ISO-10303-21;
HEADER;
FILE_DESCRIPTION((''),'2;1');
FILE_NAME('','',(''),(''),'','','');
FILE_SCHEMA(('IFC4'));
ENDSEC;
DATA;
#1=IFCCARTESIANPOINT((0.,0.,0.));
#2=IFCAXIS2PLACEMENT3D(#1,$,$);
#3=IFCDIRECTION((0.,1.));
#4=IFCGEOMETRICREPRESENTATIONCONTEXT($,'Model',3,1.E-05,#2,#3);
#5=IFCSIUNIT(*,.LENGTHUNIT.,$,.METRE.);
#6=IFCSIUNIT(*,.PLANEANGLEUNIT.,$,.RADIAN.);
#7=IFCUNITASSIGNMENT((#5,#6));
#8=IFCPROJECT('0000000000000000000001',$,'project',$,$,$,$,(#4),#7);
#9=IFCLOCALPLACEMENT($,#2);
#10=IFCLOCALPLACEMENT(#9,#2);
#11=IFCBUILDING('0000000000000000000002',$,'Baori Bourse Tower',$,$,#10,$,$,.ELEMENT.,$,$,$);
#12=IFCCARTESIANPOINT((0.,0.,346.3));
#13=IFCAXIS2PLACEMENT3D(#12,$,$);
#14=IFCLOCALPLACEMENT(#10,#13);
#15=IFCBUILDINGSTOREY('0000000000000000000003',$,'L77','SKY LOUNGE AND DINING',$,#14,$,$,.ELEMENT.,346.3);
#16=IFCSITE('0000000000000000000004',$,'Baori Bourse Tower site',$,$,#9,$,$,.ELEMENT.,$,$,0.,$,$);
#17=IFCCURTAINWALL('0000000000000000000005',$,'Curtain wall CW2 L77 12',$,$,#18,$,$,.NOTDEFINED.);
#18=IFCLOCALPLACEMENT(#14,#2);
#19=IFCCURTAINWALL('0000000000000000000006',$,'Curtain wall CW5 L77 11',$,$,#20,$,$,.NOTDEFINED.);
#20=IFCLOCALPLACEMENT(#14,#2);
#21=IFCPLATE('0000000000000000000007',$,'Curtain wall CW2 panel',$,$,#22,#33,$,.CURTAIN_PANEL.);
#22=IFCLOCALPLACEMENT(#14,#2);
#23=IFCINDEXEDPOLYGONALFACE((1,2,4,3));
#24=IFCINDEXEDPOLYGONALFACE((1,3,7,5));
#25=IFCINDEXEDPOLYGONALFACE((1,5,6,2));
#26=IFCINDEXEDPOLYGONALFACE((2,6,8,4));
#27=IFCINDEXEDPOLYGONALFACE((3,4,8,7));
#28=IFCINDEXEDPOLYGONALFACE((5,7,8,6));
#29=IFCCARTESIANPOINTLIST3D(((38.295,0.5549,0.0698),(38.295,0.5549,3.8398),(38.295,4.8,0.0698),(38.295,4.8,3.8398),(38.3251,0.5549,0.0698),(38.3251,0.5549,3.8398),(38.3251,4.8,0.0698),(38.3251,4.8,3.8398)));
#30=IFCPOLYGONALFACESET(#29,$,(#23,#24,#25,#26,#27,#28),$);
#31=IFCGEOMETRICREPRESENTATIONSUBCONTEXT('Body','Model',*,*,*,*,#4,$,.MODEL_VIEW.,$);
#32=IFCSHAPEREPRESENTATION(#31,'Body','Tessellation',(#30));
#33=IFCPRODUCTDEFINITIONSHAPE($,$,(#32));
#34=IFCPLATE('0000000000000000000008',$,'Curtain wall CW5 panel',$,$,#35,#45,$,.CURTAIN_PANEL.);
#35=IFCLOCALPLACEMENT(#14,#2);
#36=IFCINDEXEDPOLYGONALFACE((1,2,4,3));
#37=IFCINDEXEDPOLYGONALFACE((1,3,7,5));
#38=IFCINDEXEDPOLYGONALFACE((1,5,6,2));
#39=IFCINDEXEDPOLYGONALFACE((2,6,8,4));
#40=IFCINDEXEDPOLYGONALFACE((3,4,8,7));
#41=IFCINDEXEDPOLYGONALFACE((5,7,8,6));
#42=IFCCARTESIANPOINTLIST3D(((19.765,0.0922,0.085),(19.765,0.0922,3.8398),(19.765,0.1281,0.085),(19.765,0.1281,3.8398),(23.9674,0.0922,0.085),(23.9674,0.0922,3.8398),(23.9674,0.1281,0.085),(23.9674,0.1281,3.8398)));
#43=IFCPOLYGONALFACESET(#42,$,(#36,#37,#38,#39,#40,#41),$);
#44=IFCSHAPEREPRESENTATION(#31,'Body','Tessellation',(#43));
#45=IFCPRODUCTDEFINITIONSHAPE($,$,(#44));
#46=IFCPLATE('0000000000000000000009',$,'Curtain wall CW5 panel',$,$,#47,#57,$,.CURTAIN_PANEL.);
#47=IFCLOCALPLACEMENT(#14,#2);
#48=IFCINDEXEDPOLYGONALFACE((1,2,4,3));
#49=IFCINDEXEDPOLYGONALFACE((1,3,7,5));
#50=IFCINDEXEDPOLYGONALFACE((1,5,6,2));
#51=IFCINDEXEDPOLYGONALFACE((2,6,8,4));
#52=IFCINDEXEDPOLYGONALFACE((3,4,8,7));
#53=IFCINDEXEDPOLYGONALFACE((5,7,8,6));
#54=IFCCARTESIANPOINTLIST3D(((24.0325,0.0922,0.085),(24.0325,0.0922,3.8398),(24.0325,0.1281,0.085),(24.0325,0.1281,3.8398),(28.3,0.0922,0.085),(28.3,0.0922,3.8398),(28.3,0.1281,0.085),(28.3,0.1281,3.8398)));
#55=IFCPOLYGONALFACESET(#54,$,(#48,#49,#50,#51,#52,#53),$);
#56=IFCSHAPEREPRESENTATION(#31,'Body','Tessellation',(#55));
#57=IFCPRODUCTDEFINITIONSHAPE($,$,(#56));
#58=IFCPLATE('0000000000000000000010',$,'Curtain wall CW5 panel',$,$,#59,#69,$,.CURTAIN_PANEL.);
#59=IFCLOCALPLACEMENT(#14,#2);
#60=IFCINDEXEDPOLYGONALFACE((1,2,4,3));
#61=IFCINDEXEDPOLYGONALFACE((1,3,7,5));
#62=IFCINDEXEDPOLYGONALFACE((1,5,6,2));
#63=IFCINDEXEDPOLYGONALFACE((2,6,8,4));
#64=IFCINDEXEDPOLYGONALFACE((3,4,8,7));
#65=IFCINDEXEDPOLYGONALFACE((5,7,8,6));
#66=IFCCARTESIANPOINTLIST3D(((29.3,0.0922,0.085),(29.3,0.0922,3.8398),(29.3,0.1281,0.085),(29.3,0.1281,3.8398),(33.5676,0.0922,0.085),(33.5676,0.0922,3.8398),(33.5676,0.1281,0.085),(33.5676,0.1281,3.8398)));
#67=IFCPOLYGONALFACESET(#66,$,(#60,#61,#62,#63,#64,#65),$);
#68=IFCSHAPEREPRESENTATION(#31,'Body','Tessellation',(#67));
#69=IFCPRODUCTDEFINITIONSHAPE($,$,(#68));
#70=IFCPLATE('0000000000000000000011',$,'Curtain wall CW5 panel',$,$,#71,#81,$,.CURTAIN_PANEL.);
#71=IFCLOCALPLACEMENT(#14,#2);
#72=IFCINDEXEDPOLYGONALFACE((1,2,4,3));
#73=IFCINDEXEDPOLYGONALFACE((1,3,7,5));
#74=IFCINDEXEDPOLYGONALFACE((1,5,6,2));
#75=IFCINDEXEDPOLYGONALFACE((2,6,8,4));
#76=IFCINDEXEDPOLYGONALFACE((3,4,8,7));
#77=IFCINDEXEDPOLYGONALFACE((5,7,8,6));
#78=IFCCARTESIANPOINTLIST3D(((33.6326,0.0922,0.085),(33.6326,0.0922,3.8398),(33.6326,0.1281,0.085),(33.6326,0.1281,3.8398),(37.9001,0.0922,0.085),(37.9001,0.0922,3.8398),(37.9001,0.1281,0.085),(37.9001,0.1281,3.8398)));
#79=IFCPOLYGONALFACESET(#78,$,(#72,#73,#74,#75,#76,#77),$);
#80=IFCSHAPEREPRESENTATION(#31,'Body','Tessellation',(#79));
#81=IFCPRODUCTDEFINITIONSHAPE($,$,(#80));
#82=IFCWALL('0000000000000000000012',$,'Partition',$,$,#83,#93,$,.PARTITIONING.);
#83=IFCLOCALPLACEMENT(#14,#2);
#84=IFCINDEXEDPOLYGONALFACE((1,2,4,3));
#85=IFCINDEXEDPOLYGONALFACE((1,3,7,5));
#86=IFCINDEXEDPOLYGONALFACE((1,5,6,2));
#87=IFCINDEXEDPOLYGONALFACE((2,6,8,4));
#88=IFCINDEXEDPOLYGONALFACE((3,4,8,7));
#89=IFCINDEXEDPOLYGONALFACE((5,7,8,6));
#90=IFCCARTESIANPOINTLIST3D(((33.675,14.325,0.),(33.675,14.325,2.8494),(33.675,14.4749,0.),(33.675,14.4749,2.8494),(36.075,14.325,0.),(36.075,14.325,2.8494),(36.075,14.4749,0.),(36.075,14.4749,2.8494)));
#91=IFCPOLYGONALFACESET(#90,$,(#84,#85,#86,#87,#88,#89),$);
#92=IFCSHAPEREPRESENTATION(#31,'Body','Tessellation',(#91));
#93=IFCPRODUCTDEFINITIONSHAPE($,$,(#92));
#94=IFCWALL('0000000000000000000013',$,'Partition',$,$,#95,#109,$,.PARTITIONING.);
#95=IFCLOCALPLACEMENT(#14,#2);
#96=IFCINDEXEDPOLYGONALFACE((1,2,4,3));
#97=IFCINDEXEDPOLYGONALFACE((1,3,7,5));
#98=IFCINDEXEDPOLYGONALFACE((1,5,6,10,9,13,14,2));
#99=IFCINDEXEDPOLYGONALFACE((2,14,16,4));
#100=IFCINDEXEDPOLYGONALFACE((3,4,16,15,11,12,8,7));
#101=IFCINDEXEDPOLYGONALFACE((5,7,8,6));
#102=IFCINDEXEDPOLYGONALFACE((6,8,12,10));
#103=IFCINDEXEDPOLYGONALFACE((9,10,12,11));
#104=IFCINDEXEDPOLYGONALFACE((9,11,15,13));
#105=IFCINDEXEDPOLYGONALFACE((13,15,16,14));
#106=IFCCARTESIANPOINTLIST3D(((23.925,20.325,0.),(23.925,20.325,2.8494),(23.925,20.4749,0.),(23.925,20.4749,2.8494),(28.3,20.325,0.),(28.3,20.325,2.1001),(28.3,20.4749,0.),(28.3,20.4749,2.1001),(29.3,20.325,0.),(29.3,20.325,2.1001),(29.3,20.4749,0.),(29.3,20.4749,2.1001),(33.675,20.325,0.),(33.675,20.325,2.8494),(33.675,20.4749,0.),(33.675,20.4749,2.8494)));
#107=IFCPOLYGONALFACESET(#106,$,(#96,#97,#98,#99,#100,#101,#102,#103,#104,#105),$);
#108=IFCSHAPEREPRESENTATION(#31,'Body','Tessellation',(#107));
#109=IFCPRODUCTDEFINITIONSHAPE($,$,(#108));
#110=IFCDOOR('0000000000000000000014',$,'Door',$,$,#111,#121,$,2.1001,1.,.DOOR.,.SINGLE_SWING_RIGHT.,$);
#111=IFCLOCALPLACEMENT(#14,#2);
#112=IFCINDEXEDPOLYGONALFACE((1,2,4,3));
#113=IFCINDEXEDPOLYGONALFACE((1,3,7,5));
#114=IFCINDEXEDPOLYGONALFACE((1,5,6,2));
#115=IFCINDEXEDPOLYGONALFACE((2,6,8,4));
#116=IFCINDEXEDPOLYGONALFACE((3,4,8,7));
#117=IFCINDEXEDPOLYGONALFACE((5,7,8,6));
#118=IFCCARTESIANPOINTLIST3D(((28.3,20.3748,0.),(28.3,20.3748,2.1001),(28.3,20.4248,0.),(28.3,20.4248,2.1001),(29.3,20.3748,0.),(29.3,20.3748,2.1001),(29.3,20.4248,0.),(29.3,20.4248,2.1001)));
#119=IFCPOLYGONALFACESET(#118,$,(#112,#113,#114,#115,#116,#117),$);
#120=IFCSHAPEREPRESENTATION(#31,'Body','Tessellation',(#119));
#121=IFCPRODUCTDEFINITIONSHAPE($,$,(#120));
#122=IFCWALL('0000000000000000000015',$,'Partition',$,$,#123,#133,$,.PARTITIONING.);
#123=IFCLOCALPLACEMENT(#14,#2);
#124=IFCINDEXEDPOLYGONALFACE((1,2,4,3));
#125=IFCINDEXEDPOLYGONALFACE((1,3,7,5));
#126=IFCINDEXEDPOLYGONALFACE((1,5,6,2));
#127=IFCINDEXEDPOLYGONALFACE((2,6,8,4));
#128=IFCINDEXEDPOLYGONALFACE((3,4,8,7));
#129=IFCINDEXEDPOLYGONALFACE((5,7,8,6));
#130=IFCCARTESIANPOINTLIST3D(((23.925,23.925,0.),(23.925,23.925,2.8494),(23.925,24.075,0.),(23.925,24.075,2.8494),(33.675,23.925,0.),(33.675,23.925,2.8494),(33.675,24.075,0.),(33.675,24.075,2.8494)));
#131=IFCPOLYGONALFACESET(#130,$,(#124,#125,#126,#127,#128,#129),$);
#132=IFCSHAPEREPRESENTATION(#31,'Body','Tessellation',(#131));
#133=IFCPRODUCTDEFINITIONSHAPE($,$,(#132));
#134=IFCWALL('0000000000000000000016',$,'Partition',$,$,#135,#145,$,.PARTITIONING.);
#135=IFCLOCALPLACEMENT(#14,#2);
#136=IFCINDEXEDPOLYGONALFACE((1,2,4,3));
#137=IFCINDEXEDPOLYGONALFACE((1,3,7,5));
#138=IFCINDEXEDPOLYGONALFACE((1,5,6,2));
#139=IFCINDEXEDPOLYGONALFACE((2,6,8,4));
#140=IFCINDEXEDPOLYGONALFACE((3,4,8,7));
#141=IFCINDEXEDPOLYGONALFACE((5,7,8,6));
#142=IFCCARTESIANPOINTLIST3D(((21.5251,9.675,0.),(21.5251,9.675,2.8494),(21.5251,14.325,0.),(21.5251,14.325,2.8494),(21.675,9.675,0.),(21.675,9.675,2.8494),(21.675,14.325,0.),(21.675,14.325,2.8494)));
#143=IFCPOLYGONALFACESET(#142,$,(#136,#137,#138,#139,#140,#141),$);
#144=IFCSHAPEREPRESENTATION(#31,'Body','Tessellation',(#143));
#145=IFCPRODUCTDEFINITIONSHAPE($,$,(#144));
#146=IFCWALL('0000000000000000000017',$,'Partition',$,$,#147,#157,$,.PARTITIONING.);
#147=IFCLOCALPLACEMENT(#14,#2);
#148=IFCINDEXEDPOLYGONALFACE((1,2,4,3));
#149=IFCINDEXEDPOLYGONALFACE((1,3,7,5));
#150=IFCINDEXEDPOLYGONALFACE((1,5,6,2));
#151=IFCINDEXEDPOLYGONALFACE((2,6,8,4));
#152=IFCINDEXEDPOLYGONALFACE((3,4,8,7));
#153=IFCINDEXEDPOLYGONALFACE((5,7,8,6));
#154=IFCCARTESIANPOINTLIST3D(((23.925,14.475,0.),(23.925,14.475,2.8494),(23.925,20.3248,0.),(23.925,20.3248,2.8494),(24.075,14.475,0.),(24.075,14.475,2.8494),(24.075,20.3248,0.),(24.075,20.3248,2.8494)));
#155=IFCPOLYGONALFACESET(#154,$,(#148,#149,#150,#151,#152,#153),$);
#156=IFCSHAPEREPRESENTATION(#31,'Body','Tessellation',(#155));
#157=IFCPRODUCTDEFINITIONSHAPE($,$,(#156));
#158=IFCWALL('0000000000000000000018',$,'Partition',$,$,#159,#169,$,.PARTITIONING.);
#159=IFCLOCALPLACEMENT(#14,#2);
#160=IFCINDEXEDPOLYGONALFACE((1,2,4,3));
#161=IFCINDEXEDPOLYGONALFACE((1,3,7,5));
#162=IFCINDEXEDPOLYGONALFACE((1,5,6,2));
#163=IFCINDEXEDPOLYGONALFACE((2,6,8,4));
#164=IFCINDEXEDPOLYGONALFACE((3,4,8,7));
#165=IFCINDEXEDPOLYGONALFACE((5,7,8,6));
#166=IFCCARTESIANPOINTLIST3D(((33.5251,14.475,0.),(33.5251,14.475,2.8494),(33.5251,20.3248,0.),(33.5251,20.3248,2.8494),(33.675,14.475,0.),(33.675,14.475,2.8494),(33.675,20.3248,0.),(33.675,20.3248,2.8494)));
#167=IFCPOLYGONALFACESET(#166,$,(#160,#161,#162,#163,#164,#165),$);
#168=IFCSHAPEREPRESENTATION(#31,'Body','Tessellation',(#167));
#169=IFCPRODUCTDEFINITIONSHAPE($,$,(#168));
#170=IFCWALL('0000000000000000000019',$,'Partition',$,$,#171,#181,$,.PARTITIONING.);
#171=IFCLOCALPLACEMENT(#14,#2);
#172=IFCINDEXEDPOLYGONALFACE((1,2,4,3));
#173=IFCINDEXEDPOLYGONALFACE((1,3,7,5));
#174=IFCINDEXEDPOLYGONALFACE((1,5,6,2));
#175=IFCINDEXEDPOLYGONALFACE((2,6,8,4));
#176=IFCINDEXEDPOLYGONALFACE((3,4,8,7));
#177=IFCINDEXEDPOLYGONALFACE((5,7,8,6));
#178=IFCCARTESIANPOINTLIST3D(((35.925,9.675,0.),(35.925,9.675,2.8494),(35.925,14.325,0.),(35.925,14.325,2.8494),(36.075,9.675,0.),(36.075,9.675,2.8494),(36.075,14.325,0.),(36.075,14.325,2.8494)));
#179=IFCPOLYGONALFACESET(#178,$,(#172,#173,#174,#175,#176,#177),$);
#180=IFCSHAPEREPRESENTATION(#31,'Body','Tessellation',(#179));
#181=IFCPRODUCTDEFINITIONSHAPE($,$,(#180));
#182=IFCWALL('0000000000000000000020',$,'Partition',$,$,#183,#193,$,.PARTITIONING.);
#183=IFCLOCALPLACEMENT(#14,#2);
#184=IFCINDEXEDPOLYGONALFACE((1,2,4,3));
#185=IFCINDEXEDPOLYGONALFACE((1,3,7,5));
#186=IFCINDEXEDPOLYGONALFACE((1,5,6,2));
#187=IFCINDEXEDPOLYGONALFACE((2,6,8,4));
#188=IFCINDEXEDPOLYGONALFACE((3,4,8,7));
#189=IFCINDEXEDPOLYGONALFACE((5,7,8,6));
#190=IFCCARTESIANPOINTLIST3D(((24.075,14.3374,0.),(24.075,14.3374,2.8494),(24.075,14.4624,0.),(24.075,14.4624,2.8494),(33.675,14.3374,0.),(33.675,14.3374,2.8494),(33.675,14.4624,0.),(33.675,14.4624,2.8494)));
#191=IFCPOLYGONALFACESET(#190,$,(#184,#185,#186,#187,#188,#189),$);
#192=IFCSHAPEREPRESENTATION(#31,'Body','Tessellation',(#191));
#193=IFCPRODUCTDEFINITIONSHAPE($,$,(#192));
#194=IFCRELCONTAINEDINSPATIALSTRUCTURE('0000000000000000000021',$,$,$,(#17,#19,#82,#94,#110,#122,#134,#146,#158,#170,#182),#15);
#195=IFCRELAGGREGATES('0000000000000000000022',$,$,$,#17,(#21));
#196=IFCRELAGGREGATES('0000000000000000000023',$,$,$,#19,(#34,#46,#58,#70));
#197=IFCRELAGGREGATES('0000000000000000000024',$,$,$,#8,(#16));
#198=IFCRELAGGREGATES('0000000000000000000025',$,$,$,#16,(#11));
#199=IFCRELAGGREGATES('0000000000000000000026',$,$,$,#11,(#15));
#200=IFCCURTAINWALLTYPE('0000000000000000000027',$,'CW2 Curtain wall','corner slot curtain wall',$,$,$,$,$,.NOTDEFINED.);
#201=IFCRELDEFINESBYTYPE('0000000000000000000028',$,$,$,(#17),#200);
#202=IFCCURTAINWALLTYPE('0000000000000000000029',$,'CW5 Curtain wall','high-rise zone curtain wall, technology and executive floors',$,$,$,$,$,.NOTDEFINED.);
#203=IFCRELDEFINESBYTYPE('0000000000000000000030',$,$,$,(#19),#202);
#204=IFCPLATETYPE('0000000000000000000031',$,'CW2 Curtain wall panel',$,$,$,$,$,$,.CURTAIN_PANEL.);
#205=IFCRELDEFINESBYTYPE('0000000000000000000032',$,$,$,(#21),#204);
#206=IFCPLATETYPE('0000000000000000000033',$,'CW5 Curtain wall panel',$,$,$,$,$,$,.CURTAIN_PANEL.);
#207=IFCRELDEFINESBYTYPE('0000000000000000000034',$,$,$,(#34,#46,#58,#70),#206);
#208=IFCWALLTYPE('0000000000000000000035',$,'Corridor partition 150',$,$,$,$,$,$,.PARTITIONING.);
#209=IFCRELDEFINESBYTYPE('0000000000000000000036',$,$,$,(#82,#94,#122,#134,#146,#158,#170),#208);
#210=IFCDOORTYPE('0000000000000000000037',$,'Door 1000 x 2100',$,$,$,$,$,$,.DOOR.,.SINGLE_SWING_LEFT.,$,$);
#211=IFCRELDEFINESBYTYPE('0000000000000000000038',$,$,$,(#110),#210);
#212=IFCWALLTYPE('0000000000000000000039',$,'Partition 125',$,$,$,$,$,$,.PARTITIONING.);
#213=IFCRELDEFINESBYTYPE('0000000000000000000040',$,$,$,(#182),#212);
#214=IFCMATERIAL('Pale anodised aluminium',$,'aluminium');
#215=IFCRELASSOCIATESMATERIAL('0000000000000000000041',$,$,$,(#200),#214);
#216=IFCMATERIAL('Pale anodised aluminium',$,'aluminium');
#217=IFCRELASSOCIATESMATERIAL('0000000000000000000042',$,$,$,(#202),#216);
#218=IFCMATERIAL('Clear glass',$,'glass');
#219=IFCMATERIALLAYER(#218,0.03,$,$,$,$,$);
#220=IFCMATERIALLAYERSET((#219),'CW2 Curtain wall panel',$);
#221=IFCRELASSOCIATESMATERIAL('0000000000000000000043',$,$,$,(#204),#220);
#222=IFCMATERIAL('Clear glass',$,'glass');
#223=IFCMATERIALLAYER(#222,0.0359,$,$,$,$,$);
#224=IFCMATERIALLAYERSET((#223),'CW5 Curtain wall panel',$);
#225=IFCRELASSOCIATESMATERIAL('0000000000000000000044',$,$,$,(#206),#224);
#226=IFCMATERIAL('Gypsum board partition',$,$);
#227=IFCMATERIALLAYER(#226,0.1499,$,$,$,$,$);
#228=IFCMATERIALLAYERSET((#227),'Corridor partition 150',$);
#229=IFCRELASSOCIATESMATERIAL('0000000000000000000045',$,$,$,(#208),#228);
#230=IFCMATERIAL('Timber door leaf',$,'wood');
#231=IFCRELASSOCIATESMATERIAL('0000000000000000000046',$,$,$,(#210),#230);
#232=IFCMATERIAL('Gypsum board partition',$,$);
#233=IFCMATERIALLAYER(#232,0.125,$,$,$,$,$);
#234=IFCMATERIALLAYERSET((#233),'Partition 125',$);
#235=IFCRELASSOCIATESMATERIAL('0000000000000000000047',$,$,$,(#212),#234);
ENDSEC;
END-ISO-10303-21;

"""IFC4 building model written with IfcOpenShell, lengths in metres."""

from ifc_helpers import new_model, si_unit, direction, frame, frame_2d, origin, origin_2d, place, context, subcontext, project, spatial, rectangle, extrude, material, layer, layer_set, type_object, element, fill, aggregate, save


model = new_model("IFC4")

# Units and contexts
model_context = context("Model", 3, precision=1e-05, world=origin(), true_north=direction((0.0, 1.0)))
body_context = subcontext(model_context, "Body", "Model", "MODEL_VIEW")
ifc_project = project(units=[si_unit("LENGTHUNIT", "METRE"), si_unit("PLANEANGLEUNIT", "RADIAN")], contexts=[model_context])

# Site, building, storey
site_placement = place(None, origin())
site = spatial("IfcSite", under=ifc_project, at=site_placement, Name="Baori Bourse Tower site", CompositionType="ELEMENT", RefElevation=0.0)
building_placement = place(site_placement, origin())
building = spatial("IfcBuilding", under=site, at=building_placement, Name="Baori Bourse Tower", CompositionType="ELEMENT")
storey_placement = place(building_placement, frame((0.0, 0.0, 346.3)))
storey = spatial("IfcBuildingStorey", under=building, at=storey_placement, Name="L77", Description="SKY LOUNGE AND DINING", CompositionType="ELEMENT", Elevation=346.3)

# Curtain wall
ifc_material_1 = material(Name="Pale anodised aluminium", Category="aluminium")
curtain_wall_type_1 = type_object("IfcCurtainWallType", Name="CW2 Curtain wall", Description="corner slot curtain wall", PredefinedType="NOTDEFINED", material=ifc_material_1)
curtain_wall_1_placement = place(storey_placement, origin())
curtain_wall_1 = element("IfcCurtainWall", 1, at=curtain_wall_1_placement, inside=storey, type_object=curtain_wall_type_1, Name="Curtain wall CW2 L77 12", PredefinedType="NOTDEFINED")

# Curtain wall
ifc_material_2 = material(Name="Pale anodised aluminium", Category="aluminium")
curtain_wall_type_2 = type_object("IfcCurtainWallType", Name="CW5 Curtain wall", Description="high-rise zone curtain wall, technology and executive floors", PredefinedType="NOTDEFINED", material=ifc_material_2)
curtain_wall_2_placement = place(storey_placement, origin())
curtain_wall_2 = element("IfcCurtainWall", 2, at=curtain_wall_2_placement, inside=storey, type_object=curtain_wall_type_2, Name="Curtain wall CW5 L77 11", PredefinedType="NOTDEFINED")

# Plates
ifc_material_3 = material(Name="Clear glass", Category="glass")
ifc_layer_1 = layer(ifc_material_3, 0.03)
ifc_layer_set_1 = layer_set([ifc_layer_1], Name="CW2 Curtain wall panel")
plate_type_1 = type_object("IfcPlateType", Name="CW2 Curtain wall panel", PredefinedType="CURTAIN_PANEL", material=ifc_layer_set_1)
plate_1_placement = place(storey_placement, frame((38.3101, 2.6775, 0.0698), z_axis=(0.0, 0.0, 1.0), x_axis=(0.0, 1.0, 0.0)))
plate_1 = element("IfcPlate", 3, at=plate_1_placement, type_object=plate_type_1, Name="Curtain wall CW2 panel", PredefinedType="CURTAIN_PANEL", context=body_context, shape_type="SweptSolid", body=[
    extrude(rectangle(XDim=4.2451, YDim=0.03, at=origin_2d()), origin(), (0.0, 0.0, 1.0), 3.77),
])
aggregate(curtain_wall_1, [plate_1])
ifc_material_4 = material(Name="Clear glass", Category="glass")
ifc_layer_2 = layer(ifc_material_4, 0.0359)
ifc_layer_set_2 = layer_set([ifc_layer_2], Name="CW5 Curtain wall panel")
plate_type_2 = type_object("IfcPlateType", Name="CW5 Curtain wall panel", PredefinedType="CURTAIN_PANEL", material=ifc_layer_set_2)
plate_2_placement = place(storey_placement, frame((21.8662, 0.1101, 0.085), z_axis=(0.0, 0.0, 1.0), x_axis=(1.0, 0.0, 0.0)))
plate_2 = element("IfcPlate", 4, at=plate_2_placement, type_object=plate_type_2, Name="Curtain wall CW5 panel", PredefinedType="CURTAIN_PANEL", context=body_context, shape_type="SweptSolid", body=[
    extrude(rectangle(XDim=4.2024, YDim=0.0359, at=origin_2d()), origin(), (0.0, 0.0, 1.0), 3.7549),
])
plate_3_placement = place(storey_placement, frame((26.1663, 0.1101, 0.085), z_axis=(0.0, 0.0, 1.0), x_axis=(1.0, 0.0, 0.0)))
plate_3 = element("IfcPlate", 5, at=plate_3_placement, type_object=plate_type_2, Name="Curtain wall CW5 panel", PredefinedType="CURTAIN_PANEL", context=body_context, shape_type="SweptSolid", body=[
    extrude(rectangle(XDim=4.2676, YDim=0.0359, at=origin_2d()), origin(), (0.0, 0.0, 1.0), 3.7549),
])
plate_4_placement = place(storey_placement, frame((31.4338, 0.1101, 0.085), z_axis=(0.0, 0.0, 1.0), x_axis=(1.0, 0.0, 0.0)))
plate_4 = element("IfcPlate", 6, at=plate_4_placement, type_object=plate_type_2, Name="Curtain wall CW5 panel", PredefinedType="CURTAIN_PANEL", context=body_context, shape_type="SweptSolid", body=[
    extrude(rectangle(XDim=4.2676, YDim=0.0359, at=origin_2d()), origin(), (0.0, 0.0, 1.0), 3.7549),
])
plate_5_placement = place(storey_placement, frame((35.7664, 0.1101, 0.085), z_axis=(0.0, 0.0, 1.0), x_axis=(1.0, 0.0, 0.0)))
plate_5 = element("IfcPlate", 7, at=plate_5_placement, type_object=plate_type_2, Name="Curtain wall CW5 panel", PredefinedType="CURTAIN_PANEL", context=body_context, shape_type="SweptSolid", body=[
    extrude(rectangle(XDim=4.2676, YDim=0.0359, at=origin_2d()), origin(), (0.0, 0.0, 1.0), 3.7549),
])
aggregate(curtain_wall_2, [plate_2, plate_3, plate_4, plate_5])

# Wall
ifc_material_5 = material(Name="Gypsum board partition")
ifc_layer_3 = layer(ifc_material_5, 0.1499)
ifc_layer_set_3 = layer_set([ifc_layer_3], Name="Corridor partition 150")
wall_type_1 = type_object("IfcWallType", Name="Corridor partition 150", PredefinedType="PARTITIONING", material=ifc_layer_set_3)
wall_1_placement = place(storey_placement, frame((33.675, 14.3999, 0.0), z_axis=(0.0, 0.0, 1.0), x_axis=(1.0, 0.0, 0.0)))
element("IfcWall", 8, at=wall_1_placement, inside=storey, type_object=wall_type_1, Name="Partition", PredefinedType="PARTITIONING", context=body_context, shape_type="SweptSolid", body=[
    extrude(rectangle(XDim=2.3999, YDim=0.1499, at=frame_2d((1.2, 0.0))), origin(), (0.0, 0.0, 1.0), 2.8494),
])

# Wall, opening, door
wall_2_placement = place(storey_placement, frame((23.925, 20.3999, 0.0), z_axis=(0.0, 0.0, 1.0), x_axis=(1.0, 0.0, 0.0)))
wall_2 = element("IfcWall", 9, at=wall_2_placement, inside=storey, type_object=wall_type_1, Name="Partition", PredefinedType="PARTITIONING", context=body_context, shape_type="SweptSolid", body=[
    extrude(rectangle(XDim=9.75, YDim=0.1499, at=frame_2d((4.875, 0.0))), origin(), (0.0, 0.0, 1.0), 2.8494),
])
opening_placement = place(wall_2_placement, frame((4.375, 0.0, 0.0)))
opening = element("IfcOpeningElement", 10, at=opening_placement, cuts=wall_2, PredefinedType="OPENING", context=body_context, shape_type="SweptSolid", body=[
    extrude(rectangle(XDim=1.0, YDim=2.1001, at=frame_2d((0.5, 1.05))), frame((0.0, 0.085, 0.0), z_axis=(0.0, -1.0, 0.0), x_axis=(1.0, 0.0, 0.0)), (0.0, 0.0, 1.0), 0.1699),
])
ifc_material_6 = material(Name="Timber door leaf", Category="wood")
door_type = type_object("IfcDoorType", Name="Door 1000 x 2100", OperationType="SINGLE_SWING_LEFT", PredefinedType="DOOR", material=ifc_material_6)
door_placement = place(opening_placement, origin())
door = element("IfcDoor", 11, at=door_placement, inside=storey, type_object=door_type, Name="Door", OperationType="SINGLE_SWING_RIGHT", OverallHeight=2.1001, OverallWidth=1.0, PredefinedType="DOOR", context=body_context, shape_type="SweptSolid", body=[
    extrude(rectangle(XDim=1.0, YDim=2.1001, at=frame_2d((0.5, 1.05))), frame((0.0, 0.0249, 0.0), z_axis=(0.0, -1.0, 0.0), x_axis=(1.0, 0.0, 0.0)), (0.0, 0.0, 1.0), 0.05),
])
fill(opening, door)

# Walls
wall_3_placement = place(storey_placement, frame((23.925, 24.0, 0.0), z_axis=(0.0, 0.0, 1.0), x_axis=(1.0, 0.0, 0.0)))
element("IfcWall", 12, at=wall_3_placement, inside=storey, type_object=wall_type_1, Name="Partition", PredefinedType="PARTITIONING", context=body_context, shape_type="SweptSolid", body=[
    extrude(rectangle(XDim=9.75, YDim=0.1499, at=frame_2d((4.875, 0.0))), origin(), (0.0, 0.0, 1.0), 2.8494),
])
wall_4_placement = place(storey_placement, frame((21.6001, 9.675, 0.0), z_axis=(0.0, 0.0, 1.0), x_axis=(0.0, 1.0, 0.0)))
element("IfcWall", 13, at=wall_4_placement, inside=storey, type_object=wall_type_1, Name="Partition", PredefinedType="PARTITIONING", context=body_context, shape_type="SweptSolid", body=[
    extrude(rectangle(XDim=4.6499, YDim=0.1499, at=frame_2d((2.325, 0.0))), origin(), (0.0, 0.0, 1.0), 2.8494),
])
for number, where, z_axis, x_axis, name in (
    (14, (24.0, 14.4751, 0.0), (0.0, 0.0, 1.0), (0.0, 1.0, 0.0), "Partition"),
    (15, (33.6001, 14.4751, 0.0), (0.0, 0.0, 1.0), (0.0, 1.0, 0.0), "Partition"),
):
    element("IfcWall", number, at=place(storey_placement, frame(where, z_axis=z_axis, x_axis=x_axis)), inside=storey, type_object=wall_type_1, Name=name, PredefinedType="PARTITIONING", context=body_context, shape_type="SweptSolid", body=[
        extrude(rectangle(XDim=5.8499, YDim=0.1499, at=frame_2d((2.9248, 0.0))), origin(), (0.0, 0.0, 1.0), 2.8494),
    ])
wall_5_placement = place(storey_placement, frame((36.0, 9.675, 0.0), z_axis=(0.0, 0.0, 1.0), x_axis=(0.0, 1.0, 0.0)))
element("IfcWall", 16, at=wall_5_placement, inside=storey, type_object=wall_type_1, Name="Partition", PredefinedType="PARTITIONING", context=body_context, shape_type="SweptSolid", body=[
    extrude(rectangle(XDim=4.6499, YDim=0.1499, at=frame_2d((2.325, 0.0))), origin(), (0.0, 0.0, 1.0), 2.8494),
])
ifc_material_7 = material(Name="Gypsum board partition")
ifc_layer_4 = layer(ifc_material_7, 0.125)
ifc_layer_set_4 = layer_set([ifc_layer_4], Name="Partition 125")
wall_type_2 = type_object("IfcWallType", Name="Partition 125", PredefinedType="PARTITIONING", material=ifc_layer_set_4)
wall_6_placement = place(storey_placement, frame((24.075, 14.3999, 0.0), z_axis=(0.0, 0.0, 1.0), x_axis=(1.0, 0.0, 0.0)))
element("IfcWall", 17, at=wall_6_placement, inside=storey, type_object=wall_type_2, Name="Partition", PredefinedType="PARTITIONING", context=body_context, shape_type="SweptSolid", body=[
    extrude(rectangle(XDim=9.6001, YDim=0.125, at=frame_2d((4.8, 0.0))), origin(), (0.0, 0.0, 1.0), 2.8494),
])

save(model, "model.ifc")
